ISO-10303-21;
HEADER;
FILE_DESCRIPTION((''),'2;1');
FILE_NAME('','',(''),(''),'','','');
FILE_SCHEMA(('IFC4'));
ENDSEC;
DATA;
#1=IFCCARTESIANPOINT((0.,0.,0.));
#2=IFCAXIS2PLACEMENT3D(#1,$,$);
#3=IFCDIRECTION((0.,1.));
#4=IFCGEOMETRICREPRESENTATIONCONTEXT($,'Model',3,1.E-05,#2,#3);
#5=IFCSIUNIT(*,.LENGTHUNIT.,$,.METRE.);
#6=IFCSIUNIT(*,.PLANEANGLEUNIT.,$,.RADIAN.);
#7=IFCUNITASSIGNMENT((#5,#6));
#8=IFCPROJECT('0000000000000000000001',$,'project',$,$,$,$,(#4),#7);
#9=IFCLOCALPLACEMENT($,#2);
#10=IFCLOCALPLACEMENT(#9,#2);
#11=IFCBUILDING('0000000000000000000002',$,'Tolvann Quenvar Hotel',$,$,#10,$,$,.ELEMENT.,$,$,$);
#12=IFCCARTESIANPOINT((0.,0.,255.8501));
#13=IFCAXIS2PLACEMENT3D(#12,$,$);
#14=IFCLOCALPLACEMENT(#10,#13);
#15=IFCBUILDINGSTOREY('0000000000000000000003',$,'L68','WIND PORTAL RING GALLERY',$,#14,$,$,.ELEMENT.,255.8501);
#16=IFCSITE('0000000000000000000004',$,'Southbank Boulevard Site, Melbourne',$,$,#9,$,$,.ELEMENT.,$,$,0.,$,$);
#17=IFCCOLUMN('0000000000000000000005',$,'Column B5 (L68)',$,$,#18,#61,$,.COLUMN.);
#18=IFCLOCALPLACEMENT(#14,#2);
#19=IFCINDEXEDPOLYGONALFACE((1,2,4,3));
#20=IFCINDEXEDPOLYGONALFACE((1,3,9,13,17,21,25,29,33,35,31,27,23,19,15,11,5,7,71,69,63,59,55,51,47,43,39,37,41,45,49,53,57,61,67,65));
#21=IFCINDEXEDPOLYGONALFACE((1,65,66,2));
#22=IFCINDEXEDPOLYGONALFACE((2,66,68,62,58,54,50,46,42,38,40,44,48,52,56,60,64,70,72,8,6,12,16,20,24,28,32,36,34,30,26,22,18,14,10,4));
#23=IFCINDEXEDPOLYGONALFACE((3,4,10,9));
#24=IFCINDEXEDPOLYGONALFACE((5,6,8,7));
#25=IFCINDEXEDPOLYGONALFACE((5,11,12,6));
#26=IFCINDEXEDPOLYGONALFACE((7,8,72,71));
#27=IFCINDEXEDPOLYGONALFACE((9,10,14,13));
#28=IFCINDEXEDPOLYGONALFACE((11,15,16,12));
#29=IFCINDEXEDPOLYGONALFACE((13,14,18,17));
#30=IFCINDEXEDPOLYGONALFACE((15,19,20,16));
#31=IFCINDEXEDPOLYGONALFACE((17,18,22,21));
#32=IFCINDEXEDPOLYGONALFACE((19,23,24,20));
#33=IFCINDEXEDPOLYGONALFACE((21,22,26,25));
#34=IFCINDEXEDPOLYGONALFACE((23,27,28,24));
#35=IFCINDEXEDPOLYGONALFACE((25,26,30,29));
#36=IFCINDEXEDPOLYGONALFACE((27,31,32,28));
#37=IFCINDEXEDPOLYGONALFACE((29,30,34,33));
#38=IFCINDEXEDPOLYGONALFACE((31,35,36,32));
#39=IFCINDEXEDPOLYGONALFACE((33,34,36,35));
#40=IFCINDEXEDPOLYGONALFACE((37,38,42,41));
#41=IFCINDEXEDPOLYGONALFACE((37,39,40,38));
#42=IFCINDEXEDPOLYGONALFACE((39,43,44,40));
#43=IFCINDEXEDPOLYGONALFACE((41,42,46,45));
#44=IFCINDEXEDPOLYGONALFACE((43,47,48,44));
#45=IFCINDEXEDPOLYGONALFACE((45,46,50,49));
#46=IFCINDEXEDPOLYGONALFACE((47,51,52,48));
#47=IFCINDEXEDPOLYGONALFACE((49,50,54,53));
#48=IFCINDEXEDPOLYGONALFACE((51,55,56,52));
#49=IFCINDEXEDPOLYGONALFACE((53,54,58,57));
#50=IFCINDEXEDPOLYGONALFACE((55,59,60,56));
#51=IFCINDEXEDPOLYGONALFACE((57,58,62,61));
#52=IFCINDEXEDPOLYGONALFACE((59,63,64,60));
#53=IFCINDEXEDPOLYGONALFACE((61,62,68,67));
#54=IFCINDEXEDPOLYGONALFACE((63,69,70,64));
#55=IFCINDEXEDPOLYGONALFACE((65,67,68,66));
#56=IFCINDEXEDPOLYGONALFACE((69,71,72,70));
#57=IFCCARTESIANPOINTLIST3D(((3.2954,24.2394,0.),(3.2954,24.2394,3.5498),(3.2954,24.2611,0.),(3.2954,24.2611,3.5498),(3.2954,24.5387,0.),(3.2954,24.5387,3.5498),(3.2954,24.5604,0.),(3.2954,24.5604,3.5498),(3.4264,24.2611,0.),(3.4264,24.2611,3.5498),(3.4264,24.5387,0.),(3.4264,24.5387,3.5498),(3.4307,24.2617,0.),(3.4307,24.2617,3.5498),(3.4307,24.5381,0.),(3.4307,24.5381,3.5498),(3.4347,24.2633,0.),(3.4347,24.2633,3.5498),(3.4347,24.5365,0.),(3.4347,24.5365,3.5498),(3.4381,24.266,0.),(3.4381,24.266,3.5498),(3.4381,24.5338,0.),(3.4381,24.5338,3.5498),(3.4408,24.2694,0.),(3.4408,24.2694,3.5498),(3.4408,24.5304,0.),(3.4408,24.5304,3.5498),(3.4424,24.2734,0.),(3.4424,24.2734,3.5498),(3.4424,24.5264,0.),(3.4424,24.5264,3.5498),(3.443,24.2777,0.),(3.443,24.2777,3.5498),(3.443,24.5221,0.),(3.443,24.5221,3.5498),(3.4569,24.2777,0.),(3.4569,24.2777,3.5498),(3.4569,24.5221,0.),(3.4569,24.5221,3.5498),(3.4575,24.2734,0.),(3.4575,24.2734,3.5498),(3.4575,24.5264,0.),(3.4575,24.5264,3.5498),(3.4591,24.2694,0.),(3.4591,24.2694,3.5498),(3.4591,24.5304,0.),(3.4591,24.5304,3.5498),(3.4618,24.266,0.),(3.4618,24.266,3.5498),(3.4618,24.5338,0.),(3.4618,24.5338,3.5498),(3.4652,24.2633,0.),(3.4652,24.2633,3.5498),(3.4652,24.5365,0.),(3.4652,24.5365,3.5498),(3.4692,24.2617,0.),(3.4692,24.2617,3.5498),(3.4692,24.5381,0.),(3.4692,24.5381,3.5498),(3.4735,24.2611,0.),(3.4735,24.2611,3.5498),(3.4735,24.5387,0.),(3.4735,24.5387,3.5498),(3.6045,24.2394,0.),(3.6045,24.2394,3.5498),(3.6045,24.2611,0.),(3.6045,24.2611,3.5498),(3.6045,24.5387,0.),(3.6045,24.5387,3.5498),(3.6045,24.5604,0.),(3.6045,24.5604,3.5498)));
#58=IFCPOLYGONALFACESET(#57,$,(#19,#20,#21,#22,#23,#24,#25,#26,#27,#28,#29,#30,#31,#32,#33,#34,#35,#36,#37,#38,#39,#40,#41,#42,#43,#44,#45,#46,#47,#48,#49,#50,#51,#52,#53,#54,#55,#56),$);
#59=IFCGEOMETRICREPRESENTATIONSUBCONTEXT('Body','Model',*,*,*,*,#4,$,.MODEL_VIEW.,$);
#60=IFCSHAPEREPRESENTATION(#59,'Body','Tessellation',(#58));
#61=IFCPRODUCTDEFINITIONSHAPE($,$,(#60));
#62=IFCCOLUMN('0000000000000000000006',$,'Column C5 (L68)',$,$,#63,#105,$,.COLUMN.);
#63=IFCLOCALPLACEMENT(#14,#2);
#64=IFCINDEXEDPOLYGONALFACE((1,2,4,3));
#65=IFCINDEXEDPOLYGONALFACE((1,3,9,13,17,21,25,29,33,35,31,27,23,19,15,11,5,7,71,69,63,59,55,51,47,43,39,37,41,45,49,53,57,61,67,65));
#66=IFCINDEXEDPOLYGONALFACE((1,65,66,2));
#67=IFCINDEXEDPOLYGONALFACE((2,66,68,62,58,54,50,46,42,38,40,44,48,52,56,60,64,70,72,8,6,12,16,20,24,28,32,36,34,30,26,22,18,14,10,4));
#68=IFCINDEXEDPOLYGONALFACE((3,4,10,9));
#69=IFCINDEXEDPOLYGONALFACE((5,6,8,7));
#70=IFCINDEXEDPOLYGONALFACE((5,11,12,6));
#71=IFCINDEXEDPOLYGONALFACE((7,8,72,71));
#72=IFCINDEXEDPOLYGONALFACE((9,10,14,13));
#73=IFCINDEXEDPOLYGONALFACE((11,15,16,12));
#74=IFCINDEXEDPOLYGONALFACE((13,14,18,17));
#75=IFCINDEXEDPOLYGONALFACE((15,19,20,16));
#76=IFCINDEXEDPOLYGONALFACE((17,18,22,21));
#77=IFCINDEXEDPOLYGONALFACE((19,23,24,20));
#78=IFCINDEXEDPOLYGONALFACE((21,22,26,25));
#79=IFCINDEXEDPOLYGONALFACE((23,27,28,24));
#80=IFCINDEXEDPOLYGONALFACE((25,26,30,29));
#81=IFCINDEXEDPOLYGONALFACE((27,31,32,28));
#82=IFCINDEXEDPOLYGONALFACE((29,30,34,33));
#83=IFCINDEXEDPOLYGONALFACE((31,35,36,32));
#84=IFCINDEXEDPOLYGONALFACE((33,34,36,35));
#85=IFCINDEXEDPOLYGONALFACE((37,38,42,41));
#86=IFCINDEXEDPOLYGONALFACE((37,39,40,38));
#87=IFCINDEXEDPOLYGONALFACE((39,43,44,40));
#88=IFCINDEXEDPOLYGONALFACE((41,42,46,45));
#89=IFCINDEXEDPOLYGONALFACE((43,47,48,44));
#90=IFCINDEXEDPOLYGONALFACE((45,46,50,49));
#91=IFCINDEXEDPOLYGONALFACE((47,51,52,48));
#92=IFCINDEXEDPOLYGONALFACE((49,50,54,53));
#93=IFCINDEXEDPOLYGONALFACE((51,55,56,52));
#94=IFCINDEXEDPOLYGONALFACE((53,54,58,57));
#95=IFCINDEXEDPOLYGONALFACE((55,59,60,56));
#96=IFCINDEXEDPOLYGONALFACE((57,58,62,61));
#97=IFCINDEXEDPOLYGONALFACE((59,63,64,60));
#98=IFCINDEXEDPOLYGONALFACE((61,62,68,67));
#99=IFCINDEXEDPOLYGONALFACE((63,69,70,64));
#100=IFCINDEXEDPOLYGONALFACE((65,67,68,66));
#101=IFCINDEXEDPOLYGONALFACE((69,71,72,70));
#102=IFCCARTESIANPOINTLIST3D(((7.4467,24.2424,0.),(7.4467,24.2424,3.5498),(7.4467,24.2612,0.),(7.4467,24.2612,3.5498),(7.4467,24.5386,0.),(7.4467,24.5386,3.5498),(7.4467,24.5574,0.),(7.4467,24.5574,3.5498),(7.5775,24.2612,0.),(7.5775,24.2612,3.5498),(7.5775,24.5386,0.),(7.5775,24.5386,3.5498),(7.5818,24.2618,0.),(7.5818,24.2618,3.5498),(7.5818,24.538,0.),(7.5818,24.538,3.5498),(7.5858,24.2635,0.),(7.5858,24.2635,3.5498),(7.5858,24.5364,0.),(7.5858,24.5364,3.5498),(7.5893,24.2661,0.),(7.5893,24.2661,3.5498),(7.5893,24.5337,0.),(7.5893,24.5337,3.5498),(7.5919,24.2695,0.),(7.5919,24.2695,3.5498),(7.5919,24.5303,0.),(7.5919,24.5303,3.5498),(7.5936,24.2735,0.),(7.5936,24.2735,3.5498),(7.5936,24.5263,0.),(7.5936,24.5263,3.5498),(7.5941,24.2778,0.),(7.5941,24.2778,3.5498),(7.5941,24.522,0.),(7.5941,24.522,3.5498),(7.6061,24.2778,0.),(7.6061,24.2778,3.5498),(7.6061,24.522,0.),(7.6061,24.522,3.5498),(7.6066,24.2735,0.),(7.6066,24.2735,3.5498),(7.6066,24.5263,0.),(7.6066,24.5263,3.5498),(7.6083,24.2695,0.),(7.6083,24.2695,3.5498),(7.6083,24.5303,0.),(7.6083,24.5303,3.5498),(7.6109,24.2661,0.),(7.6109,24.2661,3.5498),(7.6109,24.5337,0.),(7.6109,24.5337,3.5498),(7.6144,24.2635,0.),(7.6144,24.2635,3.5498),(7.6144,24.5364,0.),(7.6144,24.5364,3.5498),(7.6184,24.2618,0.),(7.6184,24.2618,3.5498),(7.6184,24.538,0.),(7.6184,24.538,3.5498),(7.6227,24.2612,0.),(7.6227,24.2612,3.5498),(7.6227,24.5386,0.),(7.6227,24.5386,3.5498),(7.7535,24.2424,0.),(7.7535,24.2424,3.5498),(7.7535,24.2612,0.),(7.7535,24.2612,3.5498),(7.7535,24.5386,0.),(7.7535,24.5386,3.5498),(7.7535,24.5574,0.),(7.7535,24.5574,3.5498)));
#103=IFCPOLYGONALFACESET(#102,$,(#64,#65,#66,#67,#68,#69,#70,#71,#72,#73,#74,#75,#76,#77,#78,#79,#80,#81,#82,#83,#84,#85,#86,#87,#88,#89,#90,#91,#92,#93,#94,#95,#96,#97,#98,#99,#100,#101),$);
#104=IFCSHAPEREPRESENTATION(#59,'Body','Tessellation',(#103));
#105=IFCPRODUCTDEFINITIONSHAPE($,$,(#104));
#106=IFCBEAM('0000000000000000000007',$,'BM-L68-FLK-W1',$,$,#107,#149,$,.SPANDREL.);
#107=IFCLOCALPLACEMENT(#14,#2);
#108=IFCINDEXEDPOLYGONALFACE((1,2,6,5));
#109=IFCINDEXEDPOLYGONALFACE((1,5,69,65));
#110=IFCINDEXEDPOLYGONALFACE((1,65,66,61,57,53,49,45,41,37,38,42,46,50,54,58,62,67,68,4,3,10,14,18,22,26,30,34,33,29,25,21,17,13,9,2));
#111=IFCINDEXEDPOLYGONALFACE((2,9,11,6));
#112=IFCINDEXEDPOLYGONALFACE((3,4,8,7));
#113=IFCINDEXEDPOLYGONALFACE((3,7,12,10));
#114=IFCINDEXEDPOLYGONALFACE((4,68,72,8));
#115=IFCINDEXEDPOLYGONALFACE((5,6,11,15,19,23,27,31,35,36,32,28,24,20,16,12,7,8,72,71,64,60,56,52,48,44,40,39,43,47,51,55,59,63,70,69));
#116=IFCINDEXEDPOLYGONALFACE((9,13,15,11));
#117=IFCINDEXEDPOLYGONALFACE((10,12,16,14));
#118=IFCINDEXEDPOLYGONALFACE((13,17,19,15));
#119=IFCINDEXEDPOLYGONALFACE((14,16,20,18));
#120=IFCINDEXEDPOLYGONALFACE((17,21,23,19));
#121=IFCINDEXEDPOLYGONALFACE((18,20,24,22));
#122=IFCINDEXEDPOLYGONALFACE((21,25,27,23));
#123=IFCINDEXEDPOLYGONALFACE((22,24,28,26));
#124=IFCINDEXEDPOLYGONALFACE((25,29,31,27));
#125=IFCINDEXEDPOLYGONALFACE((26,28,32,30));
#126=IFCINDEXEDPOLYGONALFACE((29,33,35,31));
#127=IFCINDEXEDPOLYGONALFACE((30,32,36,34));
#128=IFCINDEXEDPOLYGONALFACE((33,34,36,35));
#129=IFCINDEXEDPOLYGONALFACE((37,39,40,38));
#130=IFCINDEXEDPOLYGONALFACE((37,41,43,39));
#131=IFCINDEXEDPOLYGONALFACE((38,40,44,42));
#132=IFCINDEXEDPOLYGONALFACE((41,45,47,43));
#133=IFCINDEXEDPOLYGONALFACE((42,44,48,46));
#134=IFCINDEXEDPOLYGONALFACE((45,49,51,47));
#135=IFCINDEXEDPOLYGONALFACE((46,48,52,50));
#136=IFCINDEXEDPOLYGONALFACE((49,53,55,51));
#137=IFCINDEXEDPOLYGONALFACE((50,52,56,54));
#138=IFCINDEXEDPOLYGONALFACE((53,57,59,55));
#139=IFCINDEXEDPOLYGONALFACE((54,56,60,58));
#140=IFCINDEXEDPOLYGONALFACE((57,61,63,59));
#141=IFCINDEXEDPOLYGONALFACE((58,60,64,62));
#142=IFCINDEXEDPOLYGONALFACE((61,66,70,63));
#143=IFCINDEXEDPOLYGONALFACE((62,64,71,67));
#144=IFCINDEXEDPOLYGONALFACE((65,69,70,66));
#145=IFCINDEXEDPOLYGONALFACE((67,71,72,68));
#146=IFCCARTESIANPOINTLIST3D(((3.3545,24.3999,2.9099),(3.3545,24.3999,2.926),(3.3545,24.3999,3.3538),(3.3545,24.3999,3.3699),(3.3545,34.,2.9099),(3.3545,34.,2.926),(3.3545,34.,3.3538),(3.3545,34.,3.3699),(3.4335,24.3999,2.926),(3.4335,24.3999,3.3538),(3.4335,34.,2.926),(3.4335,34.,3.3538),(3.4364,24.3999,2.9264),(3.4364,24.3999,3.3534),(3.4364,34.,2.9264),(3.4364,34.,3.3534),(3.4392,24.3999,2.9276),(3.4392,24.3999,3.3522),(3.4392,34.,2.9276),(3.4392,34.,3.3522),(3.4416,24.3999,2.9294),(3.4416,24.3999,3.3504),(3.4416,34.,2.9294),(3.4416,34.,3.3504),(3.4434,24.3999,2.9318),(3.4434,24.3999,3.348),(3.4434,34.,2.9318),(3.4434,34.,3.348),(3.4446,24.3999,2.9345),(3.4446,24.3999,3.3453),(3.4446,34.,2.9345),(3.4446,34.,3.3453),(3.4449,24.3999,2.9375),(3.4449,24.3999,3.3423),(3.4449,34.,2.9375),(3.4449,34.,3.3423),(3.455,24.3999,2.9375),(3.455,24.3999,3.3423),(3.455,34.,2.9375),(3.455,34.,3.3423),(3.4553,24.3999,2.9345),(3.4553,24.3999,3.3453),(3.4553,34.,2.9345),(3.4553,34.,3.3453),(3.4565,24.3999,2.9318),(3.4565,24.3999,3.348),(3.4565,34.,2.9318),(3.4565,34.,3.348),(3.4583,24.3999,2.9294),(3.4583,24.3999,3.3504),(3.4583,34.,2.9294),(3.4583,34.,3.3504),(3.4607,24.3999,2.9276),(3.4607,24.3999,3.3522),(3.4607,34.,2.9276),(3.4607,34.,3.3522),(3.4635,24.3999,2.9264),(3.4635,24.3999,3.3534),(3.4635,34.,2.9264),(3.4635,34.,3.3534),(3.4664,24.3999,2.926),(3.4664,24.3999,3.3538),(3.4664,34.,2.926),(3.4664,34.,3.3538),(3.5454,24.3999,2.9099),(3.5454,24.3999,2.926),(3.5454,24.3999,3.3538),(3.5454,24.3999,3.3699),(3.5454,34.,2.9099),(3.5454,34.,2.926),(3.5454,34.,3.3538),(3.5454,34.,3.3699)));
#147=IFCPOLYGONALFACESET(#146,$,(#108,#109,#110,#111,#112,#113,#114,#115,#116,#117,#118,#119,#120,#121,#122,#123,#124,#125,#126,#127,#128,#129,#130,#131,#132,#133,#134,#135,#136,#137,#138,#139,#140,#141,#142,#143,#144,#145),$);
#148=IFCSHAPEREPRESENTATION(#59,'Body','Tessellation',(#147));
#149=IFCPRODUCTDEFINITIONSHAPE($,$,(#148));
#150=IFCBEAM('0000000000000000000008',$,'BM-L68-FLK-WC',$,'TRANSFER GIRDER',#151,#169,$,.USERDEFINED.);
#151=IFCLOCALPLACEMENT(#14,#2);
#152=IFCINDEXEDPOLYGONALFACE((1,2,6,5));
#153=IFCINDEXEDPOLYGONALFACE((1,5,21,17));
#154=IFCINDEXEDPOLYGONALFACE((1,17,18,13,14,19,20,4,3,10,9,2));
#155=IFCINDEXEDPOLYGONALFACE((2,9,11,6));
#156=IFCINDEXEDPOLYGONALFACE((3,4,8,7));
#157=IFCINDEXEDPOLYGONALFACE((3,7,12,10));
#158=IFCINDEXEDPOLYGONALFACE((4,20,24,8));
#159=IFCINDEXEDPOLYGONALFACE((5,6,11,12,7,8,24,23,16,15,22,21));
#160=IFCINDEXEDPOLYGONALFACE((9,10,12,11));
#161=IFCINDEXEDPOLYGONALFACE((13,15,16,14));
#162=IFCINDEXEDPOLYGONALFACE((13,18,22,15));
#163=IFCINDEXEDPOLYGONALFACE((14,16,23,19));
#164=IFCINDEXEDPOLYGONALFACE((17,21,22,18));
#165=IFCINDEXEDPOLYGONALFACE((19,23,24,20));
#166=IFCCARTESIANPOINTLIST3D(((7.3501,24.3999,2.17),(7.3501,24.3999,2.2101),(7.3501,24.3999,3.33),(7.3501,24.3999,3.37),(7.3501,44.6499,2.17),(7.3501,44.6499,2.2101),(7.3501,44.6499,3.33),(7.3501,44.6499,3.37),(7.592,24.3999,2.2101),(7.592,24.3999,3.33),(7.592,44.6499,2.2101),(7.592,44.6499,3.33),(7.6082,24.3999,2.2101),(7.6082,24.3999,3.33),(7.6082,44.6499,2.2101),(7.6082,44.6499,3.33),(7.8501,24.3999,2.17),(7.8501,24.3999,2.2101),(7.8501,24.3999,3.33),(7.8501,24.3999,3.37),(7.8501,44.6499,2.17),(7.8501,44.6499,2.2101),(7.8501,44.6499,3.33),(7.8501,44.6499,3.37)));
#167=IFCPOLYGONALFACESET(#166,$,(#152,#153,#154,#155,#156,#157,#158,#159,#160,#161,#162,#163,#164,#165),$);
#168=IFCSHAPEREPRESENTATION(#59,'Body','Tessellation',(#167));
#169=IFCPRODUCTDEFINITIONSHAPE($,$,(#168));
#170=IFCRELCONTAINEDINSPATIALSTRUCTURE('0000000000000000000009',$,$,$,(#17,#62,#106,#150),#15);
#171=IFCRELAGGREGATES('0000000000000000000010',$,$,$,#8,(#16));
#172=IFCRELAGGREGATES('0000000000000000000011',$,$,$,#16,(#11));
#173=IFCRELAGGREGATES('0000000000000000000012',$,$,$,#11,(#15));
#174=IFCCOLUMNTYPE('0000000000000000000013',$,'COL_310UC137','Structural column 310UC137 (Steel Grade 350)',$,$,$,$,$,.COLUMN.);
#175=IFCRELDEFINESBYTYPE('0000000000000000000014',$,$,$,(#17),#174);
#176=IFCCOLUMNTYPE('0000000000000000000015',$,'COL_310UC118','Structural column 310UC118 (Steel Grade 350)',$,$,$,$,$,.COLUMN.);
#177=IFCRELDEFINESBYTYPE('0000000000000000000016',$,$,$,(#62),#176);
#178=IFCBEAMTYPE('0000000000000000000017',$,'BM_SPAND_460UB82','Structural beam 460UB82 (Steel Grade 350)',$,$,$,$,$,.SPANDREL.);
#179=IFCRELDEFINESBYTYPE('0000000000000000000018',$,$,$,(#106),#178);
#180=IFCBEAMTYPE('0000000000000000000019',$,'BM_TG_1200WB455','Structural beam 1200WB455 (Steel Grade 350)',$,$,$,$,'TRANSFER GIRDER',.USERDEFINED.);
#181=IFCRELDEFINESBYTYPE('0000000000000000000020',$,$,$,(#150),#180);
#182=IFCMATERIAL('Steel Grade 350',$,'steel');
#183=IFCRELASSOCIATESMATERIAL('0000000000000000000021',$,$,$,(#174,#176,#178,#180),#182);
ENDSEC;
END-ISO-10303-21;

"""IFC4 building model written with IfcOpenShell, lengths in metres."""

from ifc_helpers import new_model, si_unit, direction, frame, origin, origin_2d, place, context, subcontext, project, spatial, i_section, extrude, source, transform, mapped, material, material_profile, profile_set, type_object, type_shapes, element, save


model = new_model("IFC4")

# Units and contexts
model_context = context("Model", 3, precision=1e-05, world=origin(), true_north=direction((0.0, 1.0)))
body_context = subcontext(model_context, "Body", "Model", "MODEL_VIEW")
ifc_project = project(units=[si_unit("LENGTHUNIT", "METRE"), si_unit("PLANEANGLEUNIT", "RADIAN")], contexts=[model_context])

# Site, building, storey
site_placement = place(None, origin())
site = spatial("IfcSite", under=ifc_project, at=site_placement, Name="Southbank Boulevard Site, Melbourne", CompositionType="ELEMENT", RefElevation=0.0)
building_placement = place(site_placement, origin())
building = spatial("IfcBuilding", under=site, at=building_placement, Name="Tolvann Quenvar Hotel", CompositionType="ELEMENT")
storey_placement = place(building_placement, frame((0.0, 0.0, 255.8501)))
storey = spatial("IfcBuildingStorey", under=building, at=storey_placement, Name="L68", Description="WIND PORTAL RING GALLERY", CompositionType="ELEMENT", Elevation=255.8501)

# Columns
ifc_material_1 = material(Name="Steel Grade 350", Category="steel")
ifc_material_profile_1 = material_profile(ifc_material_1, i_section(OverallWidth=0.3091, OverallDepth=0.321, WebThickness=0.0139, FlangeThickness=0.0217, FilletRadius=0.0166, at=origin_2d()), Name="310UC137")
ifc_profile_set_1 = profile_set([ifc_material_profile_1], Name="Steel Grade 350")
column_type_1 = type_object("IfcColumnType", Name="COL_310UC137", Description="Structural column 310UC137 (Steel Grade 350)", PredefinedType="COLUMN", material=ifc_profile_set_1)
shared_shape_1 = source(origin(), body_context, "Body", "SweptSolid", [
    extrude(i_section(OverallWidth=0.3091, OverallDepth=0.321, WebThickness=0.0139, FlangeThickness=0.0217, FilletRadius=0.0166, at=origin_2d()), origin(), (0.0, 0.0, 1.0), 3.5498),
])
type_shapes(column_type_1, [shared_shape_1])
column_1_placement = place(storey_placement, frame((3.45, 24.3999, 0.0), z_axis=(0.0, 0.0, 1.0), x_axis=(1.0, 0.0, 0.0)))
element("IfcColumn", 1, at=column_1_placement, inside=storey, type_object=column_type_1, Name="Column B5 (L68)", PredefinedType="COLUMN", context=body_context, shape_type="MappedRepresentation", body=[
    mapped(shared_shape_1, transform((0.0, 0.0, 0.0), x_axis=(1.0, 0.0, 0.0), y_axis=(0.0, 1.0, 0.0), z_axis=(0.0, 0.0, 1.0), scale=1.0)),
])
ifc_material_profile_2 = material_profile(ifc_material_1, i_section(OverallWidth=0.3069, OverallDepth=0.3149, WebThickness=0.012, FlangeThickness=0.0188, FilletRadius=0.0166, at=origin_2d()), Name="310UC118")
ifc_profile_set_2 = profile_set([ifc_material_profile_2], Name="Steel Grade 350")
column_type_2 = type_object("IfcColumnType", Name="COL_310UC118", Description="Structural column 310UC118 (Steel Grade 350)", PredefinedType="COLUMN", material=ifc_profile_set_2)
shared_shape_2 = source(origin(), body_context, "Body", "SweptSolid", [
    extrude(i_section(OverallWidth=0.3069, OverallDepth=0.3149, WebThickness=0.012, FlangeThickness=0.0188, FilletRadius=0.0166, at=origin_2d()), origin(), (0.0, 0.0, 1.0), 3.5498),
])
type_shapes(column_type_2, [shared_shape_2])
column_2_placement = place(storey_placement, frame((7.6001, 24.3999, 0.0), z_axis=(0.0, 0.0, 1.0), x_axis=(1.0, 0.0, 0.0)))
element("IfcColumn", 2, at=column_2_placement, inside=storey, type_object=column_type_2, Name="Column C5 (L68)", PredefinedType="COLUMN", context=body_context, shape_type="MappedRepresentation", body=[
    mapped(shared_shape_2, transform((0.0, 0.0, 0.0), x_axis=(1.0, 0.0, 0.0), y_axis=(0.0, 1.0, 0.0), z_axis=(0.0, 0.0, 1.0), scale=1.0)),
])

# Beams
ifc_material_profile_3 = material_profile(ifc_material_1, i_section(OverallWidth=0.1909, OverallDepth=0.46, WebThickness=0.01, FlangeThickness=0.0161, FilletRadius=0.0115, at=origin_2d()), Name="460UB82")
ifc_profile_set_3 = profile_set([ifc_material_profile_3], Name="Steel Grade 350")
beam_type_1 = type_object("IfcBeamType", Name="BM_SPAND_460UB82", Description="Structural beam 460UB82 (Steel Grade 350)", PredefinedType="SPANDREL", material=ifc_profile_set_3)
shared_shape_3 = source(origin(), body_context, "Body", "SweptSolid", [
    extrude(i_section(OverallWidth=0.1909, OverallDepth=0.46, WebThickness=0.01, FlangeThickness=0.0161, FilletRadius=0.0115, at=origin_2d()), origin(), (0.0, 0.0, 1.0), 9.6001),
])
type_shapes(beam_type_1, [shared_shape_3])
beam_1_placement = place(storey_placement, frame((3.45, 24.3999, 3.1399), z_axis=(0.0, 1.0, 0.0), x_axis=(-1.0, 0.0, 0.0)))
element("IfcBeam", 3, at=beam_1_placement, inside=storey, type_object=beam_type_1, Name="BM-L68-FLK-W1", PredefinedType="SPANDREL", context=body_context, shape_type="MappedRepresentation", body=[
    mapped(shared_shape_3, transform((0.0, 0.0, 0.0), x_axis=(1.0, 0.0, 0.0), y_axis=(0.0, 1.0, 0.0), z_axis=(0.0, 0.0, 1.0), scale=1.0)),
])
ifc_material_profile_4 = material_profile(ifc_material_1, i_section(OverallWidth=0.5, OverallDepth=1.2, WebThickness=0.0161, FlangeThickness=0.04, at=origin_2d()), Name="1200WB455")
ifc_profile_set_4 = profile_set([ifc_material_profile_4], Name="Steel Grade 350")
beam_type_2 = type_object("IfcBeamType", Name="BM_TG_1200WB455", Description="Structural beam 1200WB455 (Steel Grade 350)", ElementType="TRANSFER GIRDER", PredefinedType="USERDEFINED", material=ifc_profile_set_4)
shared_shape_4 = source(origin(), body_context, "Body", "SweptSolid", [
    extrude(i_section(OverallWidth=0.5, OverallDepth=1.2, WebThickness=0.0161, FlangeThickness=0.04, at=origin_2d()), origin(), (0.0, 0.0, 1.0), 20.25),
])
type_shapes(beam_type_2, [shared_shape_4])
beam_2_placement = place(storey_placement, frame((7.6001, 24.3999, 2.77), z_axis=(0.0, 1.0, 0.0), x_axis=(-1.0, 0.0, 0.0)))
element("IfcBeam", 4, at=beam_2_placement, inside=storey, type_object=beam_type_2, Name="BM-L68-FLK-WC", ObjectType="TRANSFER GIRDER", PredefinedType="USERDEFINED", context=body_context, shape_type="MappedRepresentation", body=[
    mapped(shared_shape_4, transform((0.0, 0.0, 0.0), x_axis=(1.0, 0.0, 0.0), y_axis=(0.0, 1.0, 0.0), z_axis=(0.0, 0.0, 1.0), scale=1.0)),
])

save(model, "model.ifc")
